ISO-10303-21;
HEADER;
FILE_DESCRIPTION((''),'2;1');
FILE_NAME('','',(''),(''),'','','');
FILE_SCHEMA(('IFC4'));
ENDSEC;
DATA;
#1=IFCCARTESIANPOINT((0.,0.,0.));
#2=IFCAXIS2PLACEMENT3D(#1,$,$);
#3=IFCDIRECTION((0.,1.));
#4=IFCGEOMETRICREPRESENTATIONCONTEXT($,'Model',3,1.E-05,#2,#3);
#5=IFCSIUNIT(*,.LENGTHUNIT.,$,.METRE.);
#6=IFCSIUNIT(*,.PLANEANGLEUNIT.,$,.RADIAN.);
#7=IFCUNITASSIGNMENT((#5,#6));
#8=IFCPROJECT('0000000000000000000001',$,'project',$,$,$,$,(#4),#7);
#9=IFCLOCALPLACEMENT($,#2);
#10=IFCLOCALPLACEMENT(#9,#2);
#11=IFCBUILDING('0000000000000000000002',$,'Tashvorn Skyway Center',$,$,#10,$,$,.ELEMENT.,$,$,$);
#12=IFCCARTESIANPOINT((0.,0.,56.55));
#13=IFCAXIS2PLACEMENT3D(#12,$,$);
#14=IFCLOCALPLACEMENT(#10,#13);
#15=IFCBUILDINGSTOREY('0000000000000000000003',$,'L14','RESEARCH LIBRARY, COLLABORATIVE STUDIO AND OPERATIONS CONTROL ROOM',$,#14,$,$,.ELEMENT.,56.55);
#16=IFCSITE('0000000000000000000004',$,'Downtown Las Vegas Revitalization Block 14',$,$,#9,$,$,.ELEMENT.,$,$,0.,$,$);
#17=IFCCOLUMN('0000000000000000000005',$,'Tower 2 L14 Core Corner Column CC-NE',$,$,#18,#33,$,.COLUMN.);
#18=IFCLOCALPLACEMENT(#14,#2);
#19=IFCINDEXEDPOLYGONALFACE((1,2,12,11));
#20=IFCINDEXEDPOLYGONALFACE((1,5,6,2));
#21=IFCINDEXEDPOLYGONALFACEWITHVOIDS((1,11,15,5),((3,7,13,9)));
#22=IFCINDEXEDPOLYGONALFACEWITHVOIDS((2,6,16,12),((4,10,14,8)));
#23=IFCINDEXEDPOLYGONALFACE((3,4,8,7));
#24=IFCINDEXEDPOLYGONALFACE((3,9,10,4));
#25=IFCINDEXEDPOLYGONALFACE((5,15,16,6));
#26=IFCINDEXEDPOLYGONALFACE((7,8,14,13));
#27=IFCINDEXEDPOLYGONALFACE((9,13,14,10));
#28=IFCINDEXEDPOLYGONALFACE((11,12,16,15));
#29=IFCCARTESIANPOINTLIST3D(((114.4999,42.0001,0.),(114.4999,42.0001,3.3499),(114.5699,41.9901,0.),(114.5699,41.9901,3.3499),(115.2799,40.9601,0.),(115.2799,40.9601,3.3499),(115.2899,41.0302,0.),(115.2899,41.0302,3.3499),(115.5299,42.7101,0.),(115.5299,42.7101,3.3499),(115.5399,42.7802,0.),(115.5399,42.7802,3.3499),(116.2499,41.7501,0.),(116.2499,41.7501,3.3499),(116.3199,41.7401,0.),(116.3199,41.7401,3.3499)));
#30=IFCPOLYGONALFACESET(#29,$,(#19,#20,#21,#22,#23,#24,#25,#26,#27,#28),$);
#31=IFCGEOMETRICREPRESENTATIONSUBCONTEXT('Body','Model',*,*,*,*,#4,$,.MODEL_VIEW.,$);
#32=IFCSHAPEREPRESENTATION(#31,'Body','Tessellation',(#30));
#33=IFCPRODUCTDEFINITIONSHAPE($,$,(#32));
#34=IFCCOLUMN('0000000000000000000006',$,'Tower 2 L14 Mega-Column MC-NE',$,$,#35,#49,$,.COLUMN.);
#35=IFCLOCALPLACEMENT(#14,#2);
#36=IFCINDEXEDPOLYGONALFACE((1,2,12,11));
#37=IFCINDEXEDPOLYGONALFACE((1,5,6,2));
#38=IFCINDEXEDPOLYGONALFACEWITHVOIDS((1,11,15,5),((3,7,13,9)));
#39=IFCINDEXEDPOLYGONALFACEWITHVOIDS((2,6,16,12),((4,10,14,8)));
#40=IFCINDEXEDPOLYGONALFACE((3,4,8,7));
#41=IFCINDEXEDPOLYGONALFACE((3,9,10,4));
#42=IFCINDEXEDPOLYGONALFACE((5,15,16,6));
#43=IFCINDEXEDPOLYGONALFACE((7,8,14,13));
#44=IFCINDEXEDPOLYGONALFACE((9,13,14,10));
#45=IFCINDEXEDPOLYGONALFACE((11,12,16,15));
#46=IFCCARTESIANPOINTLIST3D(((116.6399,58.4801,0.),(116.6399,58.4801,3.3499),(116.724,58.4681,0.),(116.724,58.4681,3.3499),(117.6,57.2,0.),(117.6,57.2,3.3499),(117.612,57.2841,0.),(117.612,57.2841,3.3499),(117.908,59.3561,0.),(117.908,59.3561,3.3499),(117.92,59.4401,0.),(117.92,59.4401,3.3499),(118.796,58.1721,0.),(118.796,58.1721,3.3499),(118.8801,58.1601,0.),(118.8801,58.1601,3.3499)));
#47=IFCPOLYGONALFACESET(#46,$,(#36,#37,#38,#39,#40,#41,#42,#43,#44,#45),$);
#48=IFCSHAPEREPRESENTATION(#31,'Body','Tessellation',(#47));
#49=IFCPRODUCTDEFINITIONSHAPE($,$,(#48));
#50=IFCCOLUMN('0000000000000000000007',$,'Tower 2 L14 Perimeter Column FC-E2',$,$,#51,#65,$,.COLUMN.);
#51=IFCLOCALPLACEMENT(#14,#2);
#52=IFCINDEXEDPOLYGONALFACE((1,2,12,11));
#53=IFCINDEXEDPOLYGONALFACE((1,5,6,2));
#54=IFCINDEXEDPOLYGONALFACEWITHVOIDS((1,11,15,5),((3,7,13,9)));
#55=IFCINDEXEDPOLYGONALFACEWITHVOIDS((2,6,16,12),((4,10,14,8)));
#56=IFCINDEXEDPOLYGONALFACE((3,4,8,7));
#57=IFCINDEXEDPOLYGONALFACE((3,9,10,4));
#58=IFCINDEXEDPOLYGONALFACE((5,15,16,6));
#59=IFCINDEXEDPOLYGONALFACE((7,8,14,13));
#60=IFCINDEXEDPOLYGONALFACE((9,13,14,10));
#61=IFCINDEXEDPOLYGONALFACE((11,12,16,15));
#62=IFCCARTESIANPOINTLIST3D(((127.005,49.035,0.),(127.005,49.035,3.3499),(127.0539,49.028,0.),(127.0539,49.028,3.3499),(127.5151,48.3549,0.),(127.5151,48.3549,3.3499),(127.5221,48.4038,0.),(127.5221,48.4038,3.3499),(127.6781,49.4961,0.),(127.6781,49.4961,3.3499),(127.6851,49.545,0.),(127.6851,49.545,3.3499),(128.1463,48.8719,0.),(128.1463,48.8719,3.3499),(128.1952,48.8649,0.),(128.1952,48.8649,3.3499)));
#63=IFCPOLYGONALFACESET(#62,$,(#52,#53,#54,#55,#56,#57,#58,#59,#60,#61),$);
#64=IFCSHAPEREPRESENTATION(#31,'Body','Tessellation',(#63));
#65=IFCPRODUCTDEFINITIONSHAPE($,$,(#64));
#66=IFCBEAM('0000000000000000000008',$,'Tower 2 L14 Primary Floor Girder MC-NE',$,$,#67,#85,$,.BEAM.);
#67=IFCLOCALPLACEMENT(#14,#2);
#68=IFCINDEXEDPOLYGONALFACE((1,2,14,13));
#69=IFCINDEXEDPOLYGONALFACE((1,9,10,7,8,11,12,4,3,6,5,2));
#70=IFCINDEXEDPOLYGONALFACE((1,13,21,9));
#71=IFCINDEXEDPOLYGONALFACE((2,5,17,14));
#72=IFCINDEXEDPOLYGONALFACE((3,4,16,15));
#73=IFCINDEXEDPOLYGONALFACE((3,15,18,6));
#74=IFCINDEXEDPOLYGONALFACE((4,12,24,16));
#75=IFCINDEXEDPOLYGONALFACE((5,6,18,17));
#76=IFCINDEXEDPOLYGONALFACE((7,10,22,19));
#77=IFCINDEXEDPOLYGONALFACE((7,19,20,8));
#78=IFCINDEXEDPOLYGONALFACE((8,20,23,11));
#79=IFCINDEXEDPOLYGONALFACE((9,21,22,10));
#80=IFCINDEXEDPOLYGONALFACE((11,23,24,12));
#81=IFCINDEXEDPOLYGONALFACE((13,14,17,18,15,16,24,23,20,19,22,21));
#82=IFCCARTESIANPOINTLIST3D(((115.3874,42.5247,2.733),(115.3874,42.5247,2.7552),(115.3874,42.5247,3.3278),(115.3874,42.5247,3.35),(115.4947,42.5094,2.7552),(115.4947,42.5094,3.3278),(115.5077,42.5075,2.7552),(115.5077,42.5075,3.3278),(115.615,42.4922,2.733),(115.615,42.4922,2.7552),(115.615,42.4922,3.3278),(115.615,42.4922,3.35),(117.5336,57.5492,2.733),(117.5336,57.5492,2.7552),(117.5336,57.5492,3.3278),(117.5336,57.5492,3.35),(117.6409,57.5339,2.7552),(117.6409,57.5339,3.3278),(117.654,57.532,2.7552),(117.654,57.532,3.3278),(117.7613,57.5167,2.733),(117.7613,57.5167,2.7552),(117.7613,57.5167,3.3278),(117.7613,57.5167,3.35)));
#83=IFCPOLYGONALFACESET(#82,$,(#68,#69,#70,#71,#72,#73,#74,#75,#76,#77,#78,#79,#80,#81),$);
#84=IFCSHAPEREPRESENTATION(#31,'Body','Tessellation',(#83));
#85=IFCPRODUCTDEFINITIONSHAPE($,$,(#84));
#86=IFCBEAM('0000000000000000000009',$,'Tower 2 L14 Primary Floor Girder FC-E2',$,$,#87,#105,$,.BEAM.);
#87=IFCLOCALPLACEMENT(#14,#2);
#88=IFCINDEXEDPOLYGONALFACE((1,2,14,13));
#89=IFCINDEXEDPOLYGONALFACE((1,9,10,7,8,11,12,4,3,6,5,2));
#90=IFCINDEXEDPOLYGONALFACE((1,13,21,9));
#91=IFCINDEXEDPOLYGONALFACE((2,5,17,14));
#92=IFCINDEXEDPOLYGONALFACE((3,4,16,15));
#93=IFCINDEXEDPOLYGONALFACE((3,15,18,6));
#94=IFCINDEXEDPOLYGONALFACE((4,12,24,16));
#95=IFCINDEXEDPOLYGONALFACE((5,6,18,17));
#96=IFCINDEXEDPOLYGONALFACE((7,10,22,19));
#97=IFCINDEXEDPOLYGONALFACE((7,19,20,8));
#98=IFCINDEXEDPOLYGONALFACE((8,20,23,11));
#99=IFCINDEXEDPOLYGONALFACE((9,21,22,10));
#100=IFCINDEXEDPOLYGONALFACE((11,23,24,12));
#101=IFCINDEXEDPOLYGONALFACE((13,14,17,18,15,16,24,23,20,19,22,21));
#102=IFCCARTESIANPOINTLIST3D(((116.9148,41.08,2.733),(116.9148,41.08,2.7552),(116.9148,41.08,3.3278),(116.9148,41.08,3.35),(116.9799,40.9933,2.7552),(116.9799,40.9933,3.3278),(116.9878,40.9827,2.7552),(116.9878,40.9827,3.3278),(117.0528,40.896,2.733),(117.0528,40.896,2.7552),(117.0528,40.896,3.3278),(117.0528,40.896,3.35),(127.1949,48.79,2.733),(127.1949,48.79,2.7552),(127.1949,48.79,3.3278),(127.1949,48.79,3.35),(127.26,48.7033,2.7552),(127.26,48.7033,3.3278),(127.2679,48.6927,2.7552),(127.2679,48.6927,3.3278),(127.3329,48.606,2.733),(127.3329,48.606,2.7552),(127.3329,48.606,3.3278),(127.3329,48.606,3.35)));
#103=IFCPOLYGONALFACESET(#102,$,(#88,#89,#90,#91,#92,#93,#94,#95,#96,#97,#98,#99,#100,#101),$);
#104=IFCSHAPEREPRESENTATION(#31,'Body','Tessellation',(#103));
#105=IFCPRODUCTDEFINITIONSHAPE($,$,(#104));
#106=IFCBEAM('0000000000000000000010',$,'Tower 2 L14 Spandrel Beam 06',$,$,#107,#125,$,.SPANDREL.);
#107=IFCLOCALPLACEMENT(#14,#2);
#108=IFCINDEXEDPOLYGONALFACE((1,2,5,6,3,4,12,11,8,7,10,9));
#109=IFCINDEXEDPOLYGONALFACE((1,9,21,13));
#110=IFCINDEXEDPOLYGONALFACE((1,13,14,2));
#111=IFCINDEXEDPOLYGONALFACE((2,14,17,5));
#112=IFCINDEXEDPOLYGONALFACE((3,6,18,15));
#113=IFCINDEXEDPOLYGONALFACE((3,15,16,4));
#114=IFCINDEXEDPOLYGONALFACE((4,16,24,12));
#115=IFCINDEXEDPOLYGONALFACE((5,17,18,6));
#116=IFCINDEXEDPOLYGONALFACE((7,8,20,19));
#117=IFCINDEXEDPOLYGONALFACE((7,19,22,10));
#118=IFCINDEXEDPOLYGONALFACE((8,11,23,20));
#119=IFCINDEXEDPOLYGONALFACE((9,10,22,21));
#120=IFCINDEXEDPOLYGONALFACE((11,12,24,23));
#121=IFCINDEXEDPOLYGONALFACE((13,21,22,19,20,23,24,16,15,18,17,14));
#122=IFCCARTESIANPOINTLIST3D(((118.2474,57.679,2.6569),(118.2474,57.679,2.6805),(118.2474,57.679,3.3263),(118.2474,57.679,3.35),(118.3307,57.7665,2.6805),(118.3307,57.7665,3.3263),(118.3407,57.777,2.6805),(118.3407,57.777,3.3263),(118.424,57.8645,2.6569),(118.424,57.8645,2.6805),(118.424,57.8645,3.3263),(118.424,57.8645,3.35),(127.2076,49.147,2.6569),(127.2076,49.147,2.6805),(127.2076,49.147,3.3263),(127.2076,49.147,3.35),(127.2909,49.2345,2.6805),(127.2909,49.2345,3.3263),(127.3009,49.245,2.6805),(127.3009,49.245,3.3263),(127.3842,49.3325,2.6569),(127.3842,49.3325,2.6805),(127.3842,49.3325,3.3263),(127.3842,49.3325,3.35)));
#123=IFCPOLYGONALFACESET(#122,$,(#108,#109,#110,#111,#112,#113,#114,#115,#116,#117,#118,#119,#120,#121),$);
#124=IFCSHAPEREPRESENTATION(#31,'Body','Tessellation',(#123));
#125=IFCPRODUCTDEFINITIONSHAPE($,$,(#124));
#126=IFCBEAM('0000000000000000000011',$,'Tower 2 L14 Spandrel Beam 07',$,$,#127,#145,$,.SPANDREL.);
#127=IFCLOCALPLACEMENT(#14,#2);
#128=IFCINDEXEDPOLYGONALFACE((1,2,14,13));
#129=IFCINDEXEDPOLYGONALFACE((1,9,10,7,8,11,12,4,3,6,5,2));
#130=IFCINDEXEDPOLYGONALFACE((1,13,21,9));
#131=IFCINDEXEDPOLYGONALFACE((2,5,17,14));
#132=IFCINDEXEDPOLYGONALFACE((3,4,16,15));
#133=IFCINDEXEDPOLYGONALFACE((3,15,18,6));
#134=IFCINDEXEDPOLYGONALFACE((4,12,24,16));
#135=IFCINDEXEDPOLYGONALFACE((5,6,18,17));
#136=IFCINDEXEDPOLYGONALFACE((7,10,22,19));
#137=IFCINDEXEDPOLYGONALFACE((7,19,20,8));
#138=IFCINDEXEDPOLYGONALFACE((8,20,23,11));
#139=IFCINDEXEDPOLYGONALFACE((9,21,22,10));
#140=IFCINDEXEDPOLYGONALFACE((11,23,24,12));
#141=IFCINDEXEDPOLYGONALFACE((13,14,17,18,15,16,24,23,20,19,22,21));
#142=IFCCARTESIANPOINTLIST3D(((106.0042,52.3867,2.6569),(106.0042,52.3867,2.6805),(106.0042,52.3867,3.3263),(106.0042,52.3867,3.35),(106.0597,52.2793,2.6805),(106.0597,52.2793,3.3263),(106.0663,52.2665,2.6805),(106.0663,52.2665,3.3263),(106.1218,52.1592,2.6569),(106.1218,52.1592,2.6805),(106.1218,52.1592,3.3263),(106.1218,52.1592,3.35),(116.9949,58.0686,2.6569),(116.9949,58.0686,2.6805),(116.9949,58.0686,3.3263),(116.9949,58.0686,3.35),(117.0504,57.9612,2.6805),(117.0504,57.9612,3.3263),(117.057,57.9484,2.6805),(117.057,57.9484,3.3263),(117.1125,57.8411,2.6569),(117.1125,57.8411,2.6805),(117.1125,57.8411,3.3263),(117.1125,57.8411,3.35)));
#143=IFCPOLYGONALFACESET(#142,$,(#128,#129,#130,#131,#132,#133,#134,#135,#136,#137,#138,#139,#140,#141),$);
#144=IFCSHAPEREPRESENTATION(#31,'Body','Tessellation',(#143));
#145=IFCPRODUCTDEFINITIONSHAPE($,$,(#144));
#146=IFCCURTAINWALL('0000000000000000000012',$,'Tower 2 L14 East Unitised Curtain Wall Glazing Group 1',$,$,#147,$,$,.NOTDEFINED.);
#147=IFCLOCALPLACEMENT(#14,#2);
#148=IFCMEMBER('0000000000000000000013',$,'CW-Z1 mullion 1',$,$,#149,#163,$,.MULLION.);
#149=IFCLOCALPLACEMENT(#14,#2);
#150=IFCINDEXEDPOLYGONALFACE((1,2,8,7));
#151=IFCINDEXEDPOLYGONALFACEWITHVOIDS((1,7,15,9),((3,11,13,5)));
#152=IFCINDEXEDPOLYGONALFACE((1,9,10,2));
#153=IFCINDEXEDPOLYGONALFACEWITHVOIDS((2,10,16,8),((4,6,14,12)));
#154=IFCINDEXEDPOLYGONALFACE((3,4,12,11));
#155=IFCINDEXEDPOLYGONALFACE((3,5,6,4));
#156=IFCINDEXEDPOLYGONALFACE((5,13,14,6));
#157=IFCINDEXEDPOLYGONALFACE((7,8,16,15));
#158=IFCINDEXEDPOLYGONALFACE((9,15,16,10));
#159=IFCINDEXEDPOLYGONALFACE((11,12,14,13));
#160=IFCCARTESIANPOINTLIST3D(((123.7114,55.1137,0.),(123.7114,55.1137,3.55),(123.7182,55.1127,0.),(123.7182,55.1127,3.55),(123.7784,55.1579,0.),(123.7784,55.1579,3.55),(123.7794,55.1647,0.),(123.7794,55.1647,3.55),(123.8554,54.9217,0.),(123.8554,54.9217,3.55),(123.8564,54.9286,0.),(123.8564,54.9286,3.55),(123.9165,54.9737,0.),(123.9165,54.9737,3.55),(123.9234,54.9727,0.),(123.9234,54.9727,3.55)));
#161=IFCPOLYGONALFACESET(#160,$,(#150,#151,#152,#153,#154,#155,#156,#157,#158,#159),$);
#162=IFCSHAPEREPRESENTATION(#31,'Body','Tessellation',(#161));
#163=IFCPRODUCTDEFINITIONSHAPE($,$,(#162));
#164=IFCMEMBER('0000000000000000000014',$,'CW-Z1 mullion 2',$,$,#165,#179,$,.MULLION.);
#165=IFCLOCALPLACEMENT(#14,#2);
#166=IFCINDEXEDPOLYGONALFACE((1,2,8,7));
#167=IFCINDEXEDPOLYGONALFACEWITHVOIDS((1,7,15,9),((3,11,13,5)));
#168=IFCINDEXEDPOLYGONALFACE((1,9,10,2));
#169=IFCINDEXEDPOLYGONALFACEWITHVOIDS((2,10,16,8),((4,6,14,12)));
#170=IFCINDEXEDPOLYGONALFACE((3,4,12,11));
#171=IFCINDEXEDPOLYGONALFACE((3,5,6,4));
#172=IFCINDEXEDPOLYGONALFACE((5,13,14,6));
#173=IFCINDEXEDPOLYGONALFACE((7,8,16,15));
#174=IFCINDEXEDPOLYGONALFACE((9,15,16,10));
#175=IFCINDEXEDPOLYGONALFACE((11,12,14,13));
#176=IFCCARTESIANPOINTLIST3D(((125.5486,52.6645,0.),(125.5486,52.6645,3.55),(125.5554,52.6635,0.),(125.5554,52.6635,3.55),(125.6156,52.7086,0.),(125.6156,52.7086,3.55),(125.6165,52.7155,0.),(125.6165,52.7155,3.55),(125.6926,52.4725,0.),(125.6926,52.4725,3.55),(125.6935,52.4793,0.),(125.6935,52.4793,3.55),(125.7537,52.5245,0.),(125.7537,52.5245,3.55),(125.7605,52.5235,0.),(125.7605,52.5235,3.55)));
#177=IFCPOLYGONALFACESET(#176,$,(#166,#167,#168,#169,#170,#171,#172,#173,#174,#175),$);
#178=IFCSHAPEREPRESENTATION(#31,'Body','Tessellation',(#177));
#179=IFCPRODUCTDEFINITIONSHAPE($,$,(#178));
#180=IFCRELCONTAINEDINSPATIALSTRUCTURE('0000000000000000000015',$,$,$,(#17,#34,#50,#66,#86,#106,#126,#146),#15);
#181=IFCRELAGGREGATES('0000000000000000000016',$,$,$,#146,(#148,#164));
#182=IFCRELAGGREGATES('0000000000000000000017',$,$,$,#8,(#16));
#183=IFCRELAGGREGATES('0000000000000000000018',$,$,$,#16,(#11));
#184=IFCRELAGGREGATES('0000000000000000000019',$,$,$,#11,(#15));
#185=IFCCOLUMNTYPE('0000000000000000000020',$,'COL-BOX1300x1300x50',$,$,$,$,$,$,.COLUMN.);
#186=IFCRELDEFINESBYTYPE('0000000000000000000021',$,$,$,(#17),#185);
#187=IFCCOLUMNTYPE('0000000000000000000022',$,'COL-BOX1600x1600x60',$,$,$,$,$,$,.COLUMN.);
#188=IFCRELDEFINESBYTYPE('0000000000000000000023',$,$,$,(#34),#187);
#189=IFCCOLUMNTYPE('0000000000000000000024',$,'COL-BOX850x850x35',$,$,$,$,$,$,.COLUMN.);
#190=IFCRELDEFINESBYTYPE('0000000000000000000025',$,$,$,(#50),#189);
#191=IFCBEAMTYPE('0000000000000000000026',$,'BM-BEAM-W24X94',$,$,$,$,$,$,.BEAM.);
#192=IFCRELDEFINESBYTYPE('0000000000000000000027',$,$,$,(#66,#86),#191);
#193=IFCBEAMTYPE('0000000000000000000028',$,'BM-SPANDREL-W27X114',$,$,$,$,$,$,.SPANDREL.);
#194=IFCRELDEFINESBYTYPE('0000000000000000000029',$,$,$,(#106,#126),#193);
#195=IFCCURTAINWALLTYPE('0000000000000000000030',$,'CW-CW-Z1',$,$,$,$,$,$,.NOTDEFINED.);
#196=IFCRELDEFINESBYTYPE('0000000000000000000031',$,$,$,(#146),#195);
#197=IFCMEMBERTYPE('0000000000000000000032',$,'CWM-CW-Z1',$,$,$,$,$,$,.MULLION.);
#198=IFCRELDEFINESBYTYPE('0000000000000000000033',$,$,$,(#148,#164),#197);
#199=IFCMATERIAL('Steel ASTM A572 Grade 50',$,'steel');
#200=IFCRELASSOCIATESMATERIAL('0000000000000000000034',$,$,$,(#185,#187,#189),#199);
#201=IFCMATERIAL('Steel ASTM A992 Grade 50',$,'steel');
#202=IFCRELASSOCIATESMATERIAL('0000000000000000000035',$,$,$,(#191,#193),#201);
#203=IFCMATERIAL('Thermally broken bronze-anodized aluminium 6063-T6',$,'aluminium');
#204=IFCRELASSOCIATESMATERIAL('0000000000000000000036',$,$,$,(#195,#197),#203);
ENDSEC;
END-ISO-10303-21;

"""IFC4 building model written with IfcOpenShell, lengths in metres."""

from ifc_helpers import new_model, si_unit, direction, frame, origin, origin_2d, place, context, subcontext, project, spatial, hollow_rectangle, i_section, extrude, material, material_profile, profile_set, type_object, element, aggregate, save


model = new_model("IFC4")

# Units and contexts
model_context = context("Model", 3, precision=1e-05, world=origin(), true_north=direction((0.0, 1.0)))
body_context = subcontext(model_context, "Body", "Model", "MODEL_VIEW")
ifc_project = project(units=[si_unit("LENGTHUNIT", "METRE"), si_unit("PLANEANGLEUNIT", "RADIAN")], contexts=[model_context])

# Site, building, storey
site_placement = place(None, origin())
site = spatial("IfcSite", under=ifc_project, at=site_placement, Name="Downtown Las Vegas Revitalization Block 14", CompositionType="ELEMENT", RefElevation=0.0)
building_placement = place(site_placement, origin())
building = spatial("IfcBuilding", under=site, at=building_placement, Name="Tashvorn Skyway Center", CompositionType="ELEMENT")
storey_placement = place(building_placement, frame((0.0, 0.0, 56.55)))
storey = spatial("IfcBuildingStorey", under=building, at=storey_placement, Name="L14", Description="RESEARCH LIBRARY, COLLABORATIVE STUDIO AND OPERATIONS CONTROL ROOM", CompositionType="ELEMENT", Elevation=56.55)

# Columns
ifc_material_1 = material(Name="Steel ASTM A572 Grade 50", Category="steel")
ifc_material_profile_1 = material_profile(ifc_material_1, hollow_rectangle(XDim=1.3, YDim=1.3, WallThickness=0.05, at=origin_2d()), Name="BOX1300x1300x50")
ifc_profile_set_1 = profile_set([ifc_material_profile_1], Name="Steel ASTM A572 Grade 50")
column_type_1 = type_object("IfcColumnType", Name="COL-BOX1300x1300x50", PredefinedType="COLUMN", material=ifc_profile_set_1)
column_1_placement = place(storey_placement, frame((115.4099, 41.8701, 0.0), z_axis=(0.0, 0.0, 1.0), x_axis=(0.8, 0.6, 0.0)))
element("IfcColumn", 1, at=column_1_placement, inside=storey, type_object=column_type_1, Name="Tower 2 L14 Core Corner Column CC-NE", PredefinedType="COLUMN", context=body_context, shape_type="SweptSolid", body=[
    extrude(hollow_rectangle(XDim=1.3, YDim=1.3, WallThickness=0.05, at=origin_2d()), origin(), (0.0, 0.0, 1.0), 3.3499),
])
ifc_material_profile_2 = material_profile(ifc_material_1, hollow_rectangle(XDim=1.6001, YDim=1.6001, WallThickness=0.0601, at=origin_2d()), Name="BOX1600x1600x60")
ifc_profile_set_2 = profile_set([ifc_material_profile_2], Name="Steel ASTM A572 Grade 50")
column_type_2 = type_object("IfcColumnType", Name="COL-BOX1600x1600x60", PredefinedType="COLUMN", material=ifc_profile_set_2)
column_2_placement = place(storey_placement, frame((117.76, 58.3201, 0.0), z_axis=(0.0, 0.0, 1.0), x_axis=(0.8, 0.6, 0.0)))
element("IfcColumn", 2, at=column_2_placement, inside=storey, type_object=column_type_2, Name="Tower 2 L14 Mega-Column MC-NE", PredefinedType="COLUMN", context=body_context, shape_type="SweptSolid", body=[
    extrude(hollow_rectangle(XDim=1.6001, YDim=1.6001, WallThickness=0.0601, at=origin_2d()), origin(), (0.0, 0.0, 1.0), 3.3499),
])
ifc_material_profile_3 = material_profile(ifc_material_1, hollow_rectangle(XDim=0.8501, YDim=0.8501, WallThickness=0.0349, at=origin_2d()), Name="BOX850x850x35")
ifc_profile_set_3 = profile_set([ifc_material_profile_3], Name="Steel ASTM A572 Grade 50")
column_type_3 = type_object("IfcColumnType", Name="COL-BOX850x850x35", PredefinedType="COLUMN", material=ifc_profile_set_3)
column_3_placement = place(storey_placement, frame((127.6001, 48.95, 0.0), z_axis=(0.0, 0.0, 1.0), x_axis=(0.8, 0.6, 0.0)))
element("IfcColumn", 3, at=column_3_placement, inside=storey, type_object=column_type_3, Name="Tower 2 L14 Perimeter Column FC-E2", PredefinedType="COLUMN", context=body_context, shape_type="SweptSolid", body=[
    extrude(hollow_rectangle(XDim=0.8501, YDim=0.8501, WallThickness=0.0349, at=origin_2d()), origin(), (0.0, 0.0, 1.0), 3.3499),
])

# Beams
ifc_material_2 = material(Name="Steel ASTM A992 Grade 50", Category="steel")
ifc_material_profile_4 = material_profile(ifc_material_2, i_section(OverallWidth=0.23, OverallDepth=0.6169, WebThickness=0.0132, FlangeThickness=0.0222, at=origin_2d()), Name="W24X94")
ifc_profile_set_4 = profile_set([ifc_material_profile_4], Name="Steel ASTM A992 Grade 50")
beam_type_1 = type_object("IfcBeamType", Name="BM-BEAM-W24X94", PredefinedType="BEAM", material=ifc_profile_set_4)
beam_1_placement = place(storey_placement, frame((117.6475, 57.533, 3.0415), z_axis=(-0.141415, -0.98995, 0.0), x_axis=(0.98995, -0.141415, 0.0)))
element("IfcBeam", 4, at=beam_1_placement, inside=storey, type_object=beam_type_1, Name="Tower 2 L14 Primary Floor Girder MC-NE", PredefinedType="BEAM", context=body_context, shape_type="SweptSolid", body=[
    extrude(i_section(OverallWidth=0.23, OverallDepth=0.6169, WebThickness=0.0132, FlangeThickness=0.0222, at=origin_2d()), origin(), (0.0, 0.0, 1.0), 15.177),
])
beam_2_placement = place(storey_placement, frame((127.2639, 48.698, 3.0415), z_axis=(-0.800002, -0.599997, 0.0), x_axis=(0.599997, -0.800002, 0.0)))
element("IfcBeam", 5, at=beam_2_placement, inside=storey, type_object=beam_type_1, Name="Tower 2 L14 Primary Floor Girder FC-E2", PredefinedType="BEAM", context=body_context, shape_type="SweptSolid", body=[
    extrude(i_section(OverallWidth=0.23, OverallDepth=0.6169, WebThickness=0.0132, FlangeThickness=0.0222, at=origin_2d()), origin(), (0.0, 0.0, 1.0), 12.8501),
])
ifc_material_profile_5 = material_profile(ifc_material_2, i_section(OverallWidth=0.2561, OverallDepth=0.6931, WebThickness=0.0144, FlangeThickness=0.0237, at=origin_2d()), Name="W27X114")
ifc_profile_set_5 = profile_set([ifc_material_profile_5], Name="Steel ASTM A992 Grade 50")
beam_type_2 = type_object("IfcBeamType", Name="BM-SPANDREL-W27X114", PredefinedType="SPANDREL", material=ifc_profile_set_5)
for number, where, z_axis, x_axis, name in (
    (6, (127.2959, 49.2397, 3.0034), (-0.7242, 0.68959, 0.0), (-0.68959, -0.7242, 0.0), "Tower 2 L14 Spandrel Beam 06"),
    (7, (117.0537, 57.9548, 3.0034), (-0.888316, -0.459233, 0.0), (0.459233, -0.888316, 0.0), "Tower 2 L14 Spandrel Beam 07"),
):
    element("IfcBeam", number, at=place(storey_placement, frame(where, z_axis=z_axis, x_axis=x_axis)), inside=storey, type_object=beam_type_2, Name=name, PredefinedType="SPANDREL", context=body_context, shape_type="SweptSolid", body=[
        extrude(i_section(OverallWidth=0.2561, OverallDepth=0.6931, WebThickness=0.0144, FlangeThickness=0.0237, at=origin_2d()), origin(), (0.0, 0.0, 1.0), 12.3726),
    ])

# Curtain wall, members
ifc_material_3 = material(Name="Thermally broken bronze-anodized aluminium 6063-T6", Category="aluminium")
curtain_wall_type = type_object("IfcCurtainWallType", Name="CW-CW-Z1", PredefinedType="NOTDEFINED", material=ifc_material_3)
curtain_wall_1_placement = place(storey_placement, origin())
curtain_wall_1 = element("IfcCurtainWall", 8, at=curtain_wall_1_placement, inside=storey, type_object=curtain_wall_type, Name="Tower 2 L14 East Unitised Curtain Wall Glazing Group 1", PredefinedType="NOTDEFINED")
ifc_material_profile_6 = material_profile(ifc_material_3, hollow_rectangle(XDim=0.085, YDim=0.24, WallThickness=0.0049, at=origin_2d()), Name="ALU-MULL-85x240")
ifc_profile_set_6 = profile_set([ifc_material_profile_6], Name="Thermally broken bronze-anodized aluminium 6063-T6")
member_type_1 = type_object("IfcMemberType", Name="CWM-CW-Z1", PredefinedType="MULLION", material=ifc_profile_set_6)
member_1_placement = place(storey_placement, frame((123.8174, 55.0432, 0.0), z_axis=(0.0, 0.0, 1.0), x_axis=(0.799996, 0.600005, 0.0)))
member_1 = element("IfcMember", 9, at=member_1_placement, type_object=member_type_1, Name="CW-Z1 mullion 1", PredefinedType="MULLION", context=body_context, shape_type="SweptSolid", body=[
    extrude(hollow_rectangle(XDim=0.085, YDim=0.24, WallThickness=0.0049, at=origin_2d()), origin(), (0.0, 0.0, 1.0), 3.55),
])
member_2_placement = place(storey_placement, frame((125.6545, 52.594, 0.0), z_axis=(0.0, 0.0, 1.0), x_axis=(0.799996, 0.600005, 0.0)))
member_2 = element("IfcMember", 10, at=member_2_placement, type_object=member_type_1, Name="CW-Z1 mullion 2", PredefinedType="MULLION", context=body_context, shape_type="SweptSolid", body=[
    extrude(hollow_rectangle(XDim=0.085, YDim=0.24, WallThickness=0.0049, at=origin_2d()), origin(), (0.0, 0.0, 1.0), 3.55),
])

aggregate(curtain_wall_1, [member_1, member_2])

save(model, "model.ifc")
